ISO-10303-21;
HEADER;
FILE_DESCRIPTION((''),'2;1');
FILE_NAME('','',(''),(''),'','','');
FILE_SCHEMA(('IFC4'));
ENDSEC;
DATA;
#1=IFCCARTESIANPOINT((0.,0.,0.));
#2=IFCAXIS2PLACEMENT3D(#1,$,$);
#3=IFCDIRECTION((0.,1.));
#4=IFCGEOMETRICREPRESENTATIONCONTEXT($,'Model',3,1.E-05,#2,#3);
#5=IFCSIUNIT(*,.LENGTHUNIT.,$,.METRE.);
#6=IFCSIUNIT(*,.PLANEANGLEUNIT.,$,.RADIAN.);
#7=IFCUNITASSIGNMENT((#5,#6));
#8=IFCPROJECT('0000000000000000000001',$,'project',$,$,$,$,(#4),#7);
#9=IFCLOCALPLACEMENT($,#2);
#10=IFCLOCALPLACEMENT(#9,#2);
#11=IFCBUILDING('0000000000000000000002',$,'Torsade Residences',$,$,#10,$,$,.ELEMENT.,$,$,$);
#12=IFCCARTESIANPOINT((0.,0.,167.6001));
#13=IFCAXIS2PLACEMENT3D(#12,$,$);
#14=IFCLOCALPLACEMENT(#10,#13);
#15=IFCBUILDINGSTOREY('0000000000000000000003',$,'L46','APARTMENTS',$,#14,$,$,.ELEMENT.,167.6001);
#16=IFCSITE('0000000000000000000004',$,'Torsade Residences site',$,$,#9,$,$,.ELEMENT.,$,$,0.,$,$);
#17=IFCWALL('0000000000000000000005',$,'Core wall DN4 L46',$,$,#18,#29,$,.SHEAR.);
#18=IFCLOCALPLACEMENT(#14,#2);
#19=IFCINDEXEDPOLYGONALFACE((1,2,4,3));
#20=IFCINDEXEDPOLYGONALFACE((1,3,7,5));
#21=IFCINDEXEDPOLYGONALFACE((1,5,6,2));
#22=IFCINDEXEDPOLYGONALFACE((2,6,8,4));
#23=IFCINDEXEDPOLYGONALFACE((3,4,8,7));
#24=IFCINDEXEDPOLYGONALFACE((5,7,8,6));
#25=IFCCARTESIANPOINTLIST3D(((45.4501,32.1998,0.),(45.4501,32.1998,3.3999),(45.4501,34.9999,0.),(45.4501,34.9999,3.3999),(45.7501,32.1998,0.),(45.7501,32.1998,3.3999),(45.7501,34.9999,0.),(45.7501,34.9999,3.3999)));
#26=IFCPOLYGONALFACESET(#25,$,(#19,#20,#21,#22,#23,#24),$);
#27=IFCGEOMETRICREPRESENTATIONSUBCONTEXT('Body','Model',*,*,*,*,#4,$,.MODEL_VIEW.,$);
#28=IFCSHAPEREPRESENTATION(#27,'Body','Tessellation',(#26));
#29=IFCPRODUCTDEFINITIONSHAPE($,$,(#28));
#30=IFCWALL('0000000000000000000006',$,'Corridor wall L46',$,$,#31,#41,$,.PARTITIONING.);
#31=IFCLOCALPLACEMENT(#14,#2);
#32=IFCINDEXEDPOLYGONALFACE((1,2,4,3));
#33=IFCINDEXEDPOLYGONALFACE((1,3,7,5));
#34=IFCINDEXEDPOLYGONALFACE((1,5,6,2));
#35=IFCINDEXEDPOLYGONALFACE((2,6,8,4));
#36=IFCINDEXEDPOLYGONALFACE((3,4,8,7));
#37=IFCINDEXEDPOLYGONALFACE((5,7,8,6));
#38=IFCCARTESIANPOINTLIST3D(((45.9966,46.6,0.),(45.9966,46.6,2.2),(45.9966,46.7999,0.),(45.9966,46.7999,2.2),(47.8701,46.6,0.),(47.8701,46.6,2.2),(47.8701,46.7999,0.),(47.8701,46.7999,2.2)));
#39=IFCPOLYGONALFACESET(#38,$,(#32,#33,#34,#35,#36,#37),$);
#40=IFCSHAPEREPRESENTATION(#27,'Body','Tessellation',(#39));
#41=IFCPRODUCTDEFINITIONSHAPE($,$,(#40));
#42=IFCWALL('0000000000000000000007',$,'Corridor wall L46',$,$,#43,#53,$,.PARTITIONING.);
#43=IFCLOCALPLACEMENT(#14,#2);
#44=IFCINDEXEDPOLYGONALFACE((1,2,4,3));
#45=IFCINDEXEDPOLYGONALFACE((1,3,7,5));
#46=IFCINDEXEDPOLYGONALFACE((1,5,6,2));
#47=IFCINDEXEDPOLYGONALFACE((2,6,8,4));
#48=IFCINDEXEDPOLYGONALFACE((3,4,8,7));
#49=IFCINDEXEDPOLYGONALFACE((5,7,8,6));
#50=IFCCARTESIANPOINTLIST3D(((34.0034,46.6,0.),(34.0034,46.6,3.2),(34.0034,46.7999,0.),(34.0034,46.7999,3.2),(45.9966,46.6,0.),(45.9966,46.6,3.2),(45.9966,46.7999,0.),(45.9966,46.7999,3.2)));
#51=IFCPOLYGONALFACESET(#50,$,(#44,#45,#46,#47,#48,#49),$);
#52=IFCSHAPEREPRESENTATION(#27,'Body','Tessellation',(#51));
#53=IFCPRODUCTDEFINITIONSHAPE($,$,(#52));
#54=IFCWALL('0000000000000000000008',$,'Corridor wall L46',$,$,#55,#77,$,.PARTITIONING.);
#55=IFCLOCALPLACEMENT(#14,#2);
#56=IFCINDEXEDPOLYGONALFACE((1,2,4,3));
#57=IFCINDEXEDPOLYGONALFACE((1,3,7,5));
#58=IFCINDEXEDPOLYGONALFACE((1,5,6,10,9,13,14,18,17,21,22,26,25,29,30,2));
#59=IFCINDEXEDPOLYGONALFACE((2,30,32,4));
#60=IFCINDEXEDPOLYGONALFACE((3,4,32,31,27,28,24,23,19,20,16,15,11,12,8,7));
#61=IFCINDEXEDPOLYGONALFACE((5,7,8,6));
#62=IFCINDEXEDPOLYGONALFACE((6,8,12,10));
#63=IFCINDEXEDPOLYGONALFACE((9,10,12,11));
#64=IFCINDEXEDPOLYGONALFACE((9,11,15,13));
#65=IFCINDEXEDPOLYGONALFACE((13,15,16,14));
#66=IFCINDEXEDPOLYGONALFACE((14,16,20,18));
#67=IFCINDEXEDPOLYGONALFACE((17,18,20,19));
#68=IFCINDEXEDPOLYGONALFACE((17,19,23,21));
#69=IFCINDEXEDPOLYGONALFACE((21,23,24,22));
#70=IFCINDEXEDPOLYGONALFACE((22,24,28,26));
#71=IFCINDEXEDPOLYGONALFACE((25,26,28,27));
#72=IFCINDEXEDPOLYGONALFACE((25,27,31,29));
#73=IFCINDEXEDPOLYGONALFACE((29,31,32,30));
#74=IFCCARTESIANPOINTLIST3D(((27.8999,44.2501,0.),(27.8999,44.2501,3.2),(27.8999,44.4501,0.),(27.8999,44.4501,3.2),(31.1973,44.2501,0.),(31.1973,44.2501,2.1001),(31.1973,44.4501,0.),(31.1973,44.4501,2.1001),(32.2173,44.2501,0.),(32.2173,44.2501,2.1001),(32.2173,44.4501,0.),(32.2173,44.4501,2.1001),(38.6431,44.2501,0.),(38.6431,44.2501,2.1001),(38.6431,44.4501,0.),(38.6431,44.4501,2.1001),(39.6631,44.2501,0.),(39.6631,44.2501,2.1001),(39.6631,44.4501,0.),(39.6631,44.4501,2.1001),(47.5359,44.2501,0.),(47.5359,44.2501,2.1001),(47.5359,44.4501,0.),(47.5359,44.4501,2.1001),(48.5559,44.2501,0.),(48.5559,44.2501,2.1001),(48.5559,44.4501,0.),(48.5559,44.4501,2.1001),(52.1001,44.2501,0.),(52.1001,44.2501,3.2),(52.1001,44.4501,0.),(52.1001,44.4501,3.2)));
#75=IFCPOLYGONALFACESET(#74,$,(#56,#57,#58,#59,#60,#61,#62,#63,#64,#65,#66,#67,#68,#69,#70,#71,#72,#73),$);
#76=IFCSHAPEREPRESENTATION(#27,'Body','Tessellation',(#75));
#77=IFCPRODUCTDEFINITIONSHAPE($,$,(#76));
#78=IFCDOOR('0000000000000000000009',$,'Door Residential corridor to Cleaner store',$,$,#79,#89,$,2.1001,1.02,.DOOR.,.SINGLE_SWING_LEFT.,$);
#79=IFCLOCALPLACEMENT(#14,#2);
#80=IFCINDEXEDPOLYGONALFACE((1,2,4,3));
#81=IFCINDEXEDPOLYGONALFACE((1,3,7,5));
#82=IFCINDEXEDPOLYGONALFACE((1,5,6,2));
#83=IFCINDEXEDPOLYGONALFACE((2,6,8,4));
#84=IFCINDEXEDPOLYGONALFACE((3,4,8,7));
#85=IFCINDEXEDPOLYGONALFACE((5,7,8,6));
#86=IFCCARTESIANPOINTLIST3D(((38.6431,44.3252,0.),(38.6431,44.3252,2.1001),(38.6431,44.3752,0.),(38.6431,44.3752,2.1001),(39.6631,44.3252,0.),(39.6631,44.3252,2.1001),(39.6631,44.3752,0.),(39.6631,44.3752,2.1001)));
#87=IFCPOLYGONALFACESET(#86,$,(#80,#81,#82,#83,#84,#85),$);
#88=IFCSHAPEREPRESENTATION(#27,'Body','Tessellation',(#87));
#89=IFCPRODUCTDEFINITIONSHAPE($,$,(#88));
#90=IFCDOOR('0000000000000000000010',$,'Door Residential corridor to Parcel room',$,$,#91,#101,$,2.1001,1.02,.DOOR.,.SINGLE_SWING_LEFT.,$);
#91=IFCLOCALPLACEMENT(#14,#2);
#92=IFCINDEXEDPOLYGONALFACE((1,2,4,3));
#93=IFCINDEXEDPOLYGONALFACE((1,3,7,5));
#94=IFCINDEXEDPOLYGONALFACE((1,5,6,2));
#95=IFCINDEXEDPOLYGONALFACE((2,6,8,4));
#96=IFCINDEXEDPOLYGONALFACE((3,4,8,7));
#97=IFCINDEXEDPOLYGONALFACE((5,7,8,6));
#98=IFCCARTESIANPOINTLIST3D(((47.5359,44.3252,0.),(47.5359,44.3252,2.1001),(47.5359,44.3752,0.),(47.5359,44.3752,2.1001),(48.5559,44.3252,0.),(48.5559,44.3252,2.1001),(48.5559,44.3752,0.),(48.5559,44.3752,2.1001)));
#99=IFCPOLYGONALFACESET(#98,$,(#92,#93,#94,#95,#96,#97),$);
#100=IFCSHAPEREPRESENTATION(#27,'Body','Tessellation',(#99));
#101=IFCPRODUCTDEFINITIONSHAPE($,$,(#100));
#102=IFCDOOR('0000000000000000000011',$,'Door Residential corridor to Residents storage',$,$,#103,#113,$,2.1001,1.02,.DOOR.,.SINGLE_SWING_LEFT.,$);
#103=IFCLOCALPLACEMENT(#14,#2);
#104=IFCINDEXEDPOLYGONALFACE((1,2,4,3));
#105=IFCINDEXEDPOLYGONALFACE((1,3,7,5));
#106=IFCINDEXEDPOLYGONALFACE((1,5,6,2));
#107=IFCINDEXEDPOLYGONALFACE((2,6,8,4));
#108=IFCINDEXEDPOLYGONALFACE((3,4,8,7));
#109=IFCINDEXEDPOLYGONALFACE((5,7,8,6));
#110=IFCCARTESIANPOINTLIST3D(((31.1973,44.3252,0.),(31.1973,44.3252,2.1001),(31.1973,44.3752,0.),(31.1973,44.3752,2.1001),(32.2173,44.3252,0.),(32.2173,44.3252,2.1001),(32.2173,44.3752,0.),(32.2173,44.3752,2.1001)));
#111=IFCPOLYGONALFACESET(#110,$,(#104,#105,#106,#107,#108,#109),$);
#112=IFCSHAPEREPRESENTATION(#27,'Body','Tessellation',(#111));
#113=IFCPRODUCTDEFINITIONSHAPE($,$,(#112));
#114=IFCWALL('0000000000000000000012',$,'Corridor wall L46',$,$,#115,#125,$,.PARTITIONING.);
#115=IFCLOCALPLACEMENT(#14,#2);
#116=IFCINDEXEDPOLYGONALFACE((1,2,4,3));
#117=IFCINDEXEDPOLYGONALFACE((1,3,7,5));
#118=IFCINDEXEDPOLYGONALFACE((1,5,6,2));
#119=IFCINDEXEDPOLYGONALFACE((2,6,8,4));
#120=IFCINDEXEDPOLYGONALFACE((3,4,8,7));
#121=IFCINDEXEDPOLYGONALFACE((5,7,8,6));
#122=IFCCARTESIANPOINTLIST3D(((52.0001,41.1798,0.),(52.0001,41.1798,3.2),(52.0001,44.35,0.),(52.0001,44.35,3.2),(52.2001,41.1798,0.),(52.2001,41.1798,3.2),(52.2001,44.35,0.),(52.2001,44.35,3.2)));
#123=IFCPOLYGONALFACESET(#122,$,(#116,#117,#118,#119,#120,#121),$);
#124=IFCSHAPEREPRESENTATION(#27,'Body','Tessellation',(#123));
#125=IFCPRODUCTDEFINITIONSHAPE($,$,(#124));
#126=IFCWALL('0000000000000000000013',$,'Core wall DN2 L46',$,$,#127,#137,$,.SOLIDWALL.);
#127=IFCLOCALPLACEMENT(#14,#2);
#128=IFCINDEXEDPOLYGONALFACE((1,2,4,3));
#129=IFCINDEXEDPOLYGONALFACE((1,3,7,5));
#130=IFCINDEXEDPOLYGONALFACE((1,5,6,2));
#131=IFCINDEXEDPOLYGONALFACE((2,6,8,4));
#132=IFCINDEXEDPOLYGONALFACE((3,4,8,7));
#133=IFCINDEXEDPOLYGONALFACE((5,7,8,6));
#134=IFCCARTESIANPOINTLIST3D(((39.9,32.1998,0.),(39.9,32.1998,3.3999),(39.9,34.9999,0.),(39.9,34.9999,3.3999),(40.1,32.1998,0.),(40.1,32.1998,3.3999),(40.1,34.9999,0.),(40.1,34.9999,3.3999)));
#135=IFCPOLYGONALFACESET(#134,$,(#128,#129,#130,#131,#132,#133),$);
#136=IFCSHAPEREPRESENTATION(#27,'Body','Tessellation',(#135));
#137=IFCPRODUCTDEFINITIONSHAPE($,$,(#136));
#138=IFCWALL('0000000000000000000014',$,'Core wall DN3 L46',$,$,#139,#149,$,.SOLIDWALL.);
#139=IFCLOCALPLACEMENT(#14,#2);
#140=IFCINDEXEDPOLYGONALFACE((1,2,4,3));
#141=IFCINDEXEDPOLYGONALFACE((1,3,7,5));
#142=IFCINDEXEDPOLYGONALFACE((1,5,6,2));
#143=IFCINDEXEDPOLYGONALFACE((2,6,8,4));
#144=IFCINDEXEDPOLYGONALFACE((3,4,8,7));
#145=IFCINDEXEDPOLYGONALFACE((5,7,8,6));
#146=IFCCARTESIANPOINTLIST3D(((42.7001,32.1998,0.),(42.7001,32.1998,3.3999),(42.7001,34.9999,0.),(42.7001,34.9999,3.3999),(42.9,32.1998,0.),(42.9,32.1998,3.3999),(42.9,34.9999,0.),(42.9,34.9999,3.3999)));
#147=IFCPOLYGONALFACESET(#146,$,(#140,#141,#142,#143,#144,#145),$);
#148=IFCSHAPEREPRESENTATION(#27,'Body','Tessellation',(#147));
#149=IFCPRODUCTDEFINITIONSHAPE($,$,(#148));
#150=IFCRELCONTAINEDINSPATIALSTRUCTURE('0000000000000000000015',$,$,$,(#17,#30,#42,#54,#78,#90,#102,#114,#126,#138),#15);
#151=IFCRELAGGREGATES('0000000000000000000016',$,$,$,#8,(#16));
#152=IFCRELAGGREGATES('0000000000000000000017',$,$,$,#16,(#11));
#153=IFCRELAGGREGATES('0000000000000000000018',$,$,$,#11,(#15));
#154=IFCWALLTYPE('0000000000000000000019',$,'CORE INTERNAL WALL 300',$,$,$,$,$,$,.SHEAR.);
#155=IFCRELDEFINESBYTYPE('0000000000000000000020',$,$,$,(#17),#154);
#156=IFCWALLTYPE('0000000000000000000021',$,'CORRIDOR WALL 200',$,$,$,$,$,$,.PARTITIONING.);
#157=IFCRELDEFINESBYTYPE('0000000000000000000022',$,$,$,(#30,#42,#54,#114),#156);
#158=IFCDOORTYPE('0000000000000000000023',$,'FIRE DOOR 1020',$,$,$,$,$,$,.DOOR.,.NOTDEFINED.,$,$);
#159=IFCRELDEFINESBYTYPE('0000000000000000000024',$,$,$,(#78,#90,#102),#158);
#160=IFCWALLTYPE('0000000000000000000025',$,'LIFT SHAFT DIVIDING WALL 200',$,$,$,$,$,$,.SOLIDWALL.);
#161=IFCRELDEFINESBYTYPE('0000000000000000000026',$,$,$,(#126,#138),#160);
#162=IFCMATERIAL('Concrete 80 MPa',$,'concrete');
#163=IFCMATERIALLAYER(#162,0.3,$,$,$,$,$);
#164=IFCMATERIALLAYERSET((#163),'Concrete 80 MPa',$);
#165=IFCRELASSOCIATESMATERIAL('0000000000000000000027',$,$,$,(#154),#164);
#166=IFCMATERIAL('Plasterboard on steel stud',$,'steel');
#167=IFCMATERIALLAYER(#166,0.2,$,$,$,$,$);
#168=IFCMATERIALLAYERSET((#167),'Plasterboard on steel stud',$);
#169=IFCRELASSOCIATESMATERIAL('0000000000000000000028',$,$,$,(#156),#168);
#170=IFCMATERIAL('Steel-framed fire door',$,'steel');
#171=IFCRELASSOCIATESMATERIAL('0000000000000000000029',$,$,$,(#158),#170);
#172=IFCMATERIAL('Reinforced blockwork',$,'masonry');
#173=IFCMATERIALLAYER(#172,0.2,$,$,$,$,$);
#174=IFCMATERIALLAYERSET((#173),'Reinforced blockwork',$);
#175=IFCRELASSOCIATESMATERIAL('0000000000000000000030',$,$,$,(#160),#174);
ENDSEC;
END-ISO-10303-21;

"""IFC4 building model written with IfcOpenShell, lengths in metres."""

from ifc_helpers import new_model, si_unit, direction, frame, frame_2d, origin, place, context, subcontext, project, spatial, rectangle, extrude, material, layer, layer_set, type_object, element, fill, save


model = new_model("IFC4")

# Units and contexts
model_context = context("Model", 3, precision=1e-05, world=origin(), true_north=direction((0.0, 1.0)))
body_context = subcontext(model_context, "Body", "Model", "MODEL_VIEW")
ifc_project = project(units=[si_unit("LENGTHUNIT", "METRE"), si_unit("PLANEANGLEUNIT", "RADIAN")], contexts=[model_context])

# Site, building, storey
site_placement = place(None, origin())
site = spatial("IfcSite", under=ifc_project, at=site_placement, Name="Torsade Residences site", CompositionType="ELEMENT", RefElevation=0.0)
building_placement = place(site_placement, origin())
building = spatial("IfcBuilding", under=site, at=building_placement, Name="Torsade Residences", CompositionType="ELEMENT")
storey_placement = place(building_placement, frame((0.0, 0.0, 167.6001)))
storey = spatial("IfcBuildingStorey", under=building, at=storey_placement, Name="L46", Description="APARTMENTS", CompositionType="ELEMENT", Elevation=167.6001)

# Walls
ifc_material_1 = material(Name="Concrete 80 MPa", Category="concrete")
ifc_layer_1 = layer(ifc_material_1, 0.3)
ifc_layer_set_1 = layer_set([ifc_layer_1], Name="Concrete 80 MPa")
wall_type_1 = type_object("IfcWallType", Name="CORE INTERNAL WALL 300", PredefinedType="SHEAR", material=ifc_layer_set_1)
wall_1_placement = place(storey_placement, frame((45.6001, 32.2, 0.0), z_axis=(0.0, 0.0, 1.0), x_axis=(0.0, 1.0, 0.0)))
element("IfcWall", 1, at=wall_1_placement, inside=storey, type_object=wall_type_1, Name="Core wall DN4 L46", PredefinedType="SHEAR", context=body_context, shape_type="SweptSolid", body=[
    extrude(rectangle(XDim=2.8, YDim=0.3, at=frame_2d((1.3999, 0.0))), origin(), (0.0, 0.0, 1.0), 3.3999),
])
ifc_material_2 = material(Name="Plasterboard on steel stud", Category="steel")
ifc_layer_2 = layer(ifc_material_2, 0.2)
ifc_layer_set_2 = layer_set([ifc_layer_2], Name="Plasterboard on steel stud")
wall_type_2 = type_object("IfcWallType", Name="CORRIDOR WALL 200", PredefinedType="PARTITIONING", material=ifc_layer_set_2)
wall_2_placement = place(storey_placement, frame((47.8701, 46.7, 0.0), z_axis=(0.0, 0.0, 1.0), x_axis=(-1.0, 0.0, 0.0)))
element("IfcWall", 2, at=wall_2_placement, inside=storey, type_object=wall_type_2, Name="Corridor wall L46", PredefinedType="PARTITIONING", context=body_context, shape_type="SweptSolid", body=[
    extrude(rectangle(XDim=1.8735, YDim=0.2, at=frame_2d((0.9368, 0.0))), origin(), (0.0, 0.0, 1.0), 2.2),
])
wall_3_placement = place(storey_placement, frame((45.9966, 46.7, 0.0), z_axis=(0.0, 0.0, 1.0), x_axis=(-1.0, 0.0, 0.0)))
element("IfcWall", 3, at=wall_3_placement, inside=storey, type_object=wall_type_2, Name="Corridor wall L46", PredefinedType="PARTITIONING", context=body_context, shape_type="SweptSolid", body=[
    extrude(rectangle(XDim=11.9932, YDim=0.2, at=frame_2d((5.9966, 0.0))), origin(), (0.0, 0.0, 1.0), 3.2),
])

# Wall, openings, doors
wall_4_placement = place(storey_placement, frame((52.1001, 44.3501, 0.0), z_axis=(0.0, 0.0, 1.0), x_axis=(-1.0, 0.0, 0.0)))
wall_4 = element("IfcWall", 4, at=wall_4_placement, inside=storey, type_object=wall_type_2, Name="Corridor wall L46", PredefinedType="PARTITIONING", context=body_context, shape_type="SweptSolid", body=[
    extrude(rectangle(XDim=24.2002, YDim=0.2, at=frame_2d((12.1001, 0.0))), origin(), (0.0, 0.0, 1.0), 3.2),
])
opening_1_placement = place(wall_4_placement, frame((12.437, 0.0, 0.0)))
opening_1 = element("IfcOpeningElement", 5, at=opening_1_placement, cuts=wall_4, PredefinedType="OPENING", context=body_context, shape_type="SweptSolid", body=[
    extrude(rectangle(XDim=1.02, YDim=2.1001, at=frame_2d((0.51, 1.05))), frame((0.0, 0.1099, 0.0), z_axis=(0.0, -1.0, 0.0), x_axis=(1.0, 0.0, 0.0)), (0.0, 0.0, 1.0), 0.22),
])
opening_2_placement = place(wall_4_placement, frame((3.5442, 0.0, 0.0)))
opening_2 = element("IfcOpeningElement", 6, at=opening_2_placement, cuts=wall_4, PredefinedType="OPENING", context=body_context, shape_type="SweptSolid", body=[
    extrude(rectangle(XDim=1.02, YDim=2.1001, at=frame_2d((0.51, 1.05))), frame((0.0, 0.1099, 0.0), z_axis=(0.0, -1.0, 0.0), x_axis=(1.0, 0.0, 0.0)), (0.0, 0.0, 1.0), 0.22),
])
opening_3_placement = place(wall_4_placement, frame((19.8828, 0.0, 0.0)))
opening_3 = element("IfcOpeningElement", 7, at=opening_3_placement, cuts=wall_4, PredefinedType="OPENING", context=body_context, shape_type="SweptSolid", body=[
    extrude(rectangle(XDim=1.02, YDim=2.1001, at=frame_2d((0.51, 1.05))), frame((0.0, 0.1099, 0.0), z_axis=(0.0, -1.0, 0.0), x_axis=(1.0, 0.0, 0.0)), (0.0, 0.0, 1.0), 0.22),
])
ifc_material_3 = material(Name="Steel-framed fire door", Category="steel")
door_type_1 = type_object("IfcDoorType", Name="FIRE DOOR 1020", OperationType="NOTDEFINED", PredefinedType="DOOR", material=ifc_material_3)
door_1_placement = place(opening_1_placement, origin())
door_1 = element("IfcDoor", 8, at=door_1_placement, inside=storey, type_object=door_type_1, Name="Door Residential corridor to Cleaner store", OperationType="SINGLE_SWING_LEFT", OverallHeight=2.1001, OverallWidth=1.02, PredefinedType="DOOR", context=body_context, shape_type="SweptSolid", body=[
    extrude(rectangle(XDim=1.02, YDim=2.1001, at=frame_2d((0.51, 1.05))), frame((0.0, 0.0249, 0.0), z_axis=(0.0, -1.0, 0.0), x_axis=(1.0, 0.0, 0.0)), (0.0, 0.0, 1.0), 0.05),
])
fill(opening_1, door_1)
door_2_placement = place(opening_2_placement, origin())
door_2 = element("IfcDoor", 9, at=door_2_placement, inside=storey, type_object=door_type_1, Name="Door Residential corridor to Parcel room", OperationType="SINGLE_SWING_LEFT", OverallHeight=2.1001, OverallWidth=1.02, PredefinedType="DOOR", context=body_context, shape_type="SweptSolid", body=[
    extrude(rectangle(XDim=1.02, YDim=2.1001, at=frame_2d((0.51, 1.05))), frame((0.0, 0.0249, 0.0), z_axis=(0.0, -1.0, 0.0), x_axis=(1.0, 0.0, 0.0)), (0.0, 0.0, 1.0), 0.05),
])
fill(opening_2, door_2)
door_3_placement = place(opening_3_placement, origin())
door_3 = element("IfcDoor", 10, at=door_3_placement, inside=storey, type_object=door_type_1, Name="Door Residential corridor to Residents storage", OperationType="SINGLE_SWING_LEFT", OverallHeight=2.1001, OverallWidth=1.02, PredefinedType="DOOR", context=body_context, shape_type="SweptSolid", body=[
    extrude(rectangle(XDim=1.02, YDim=2.1001, at=frame_2d((0.51, 1.05))), frame((0.0, 0.0249, 0.0), z_axis=(0.0, -1.0, 0.0), x_axis=(1.0, 0.0, 0.0)), (0.0, 0.0, 1.0), 0.05),
])
fill(opening_3, door_3)

# Walls
wall_5_placement = place(storey_placement, frame((52.1001, 41.1799, 0.0), z_axis=(0.0, 0.0, 1.0), x_axis=(0.0, 1.0, 0.0)))
element("IfcWall", 11, at=wall_5_placement, inside=storey, type_object=wall_type_2, Name="Corridor wall L46", PredefinedType="PARTITIONING", context=body_context, shape_type="SweptSolid", body=[
    extrude(rectangle(XDim=3.1702, YDim=0.2, at=frame_2d((1.585, 0.0))), origin(), (0.0, 0.0, 1.0), 3.2),
])
ifc_material_4 = material(Name="Reinforced blockwork", Category="masonry")
ifc_layer_3 = layer(ifc_material_4, 0.2)
ifc_layer_set_3 = layer_set([ifc_layer_3], Name="Reinforced blockwork")
wall_type_3 = type_object("IfcWallType", Name="LIFT SHAFT DIVIDING WALL 200", PredefinedType="SOLIDWALL", material=ifc_layer_set_3)
for number, where, z_axis, x_axis, name in (
    (12, (40.0, 32.2, 0.0), (0.0, 0.0, 1.0), (0.0, 1.0, 0.0), "Core wall DN2 L46"),
    (13, (42.8, 32.2, 0.0), (0.0, 0.0, 1.0), (0.0, 1.0, 0.0), "Core wall DN3 L46"),
):
    element("IfcWall", number, at=place(storey_placement, frame(where, z_axis=z_axis, x_axis=x_axis)), inside=storey, type_object=wall_type_3, Name=name, PredefinedType="SOLIDWALL", context=body_context, shape_type="SweptSolid", body=[
        extrude(rectangle(XDim=2.8, YDim=0.2, at=frame_2d((1.3999, 0.0))), origin(), (0.0, 0.0, 1.0), 3.3999),
    ])

save(model, "model.ifc")
